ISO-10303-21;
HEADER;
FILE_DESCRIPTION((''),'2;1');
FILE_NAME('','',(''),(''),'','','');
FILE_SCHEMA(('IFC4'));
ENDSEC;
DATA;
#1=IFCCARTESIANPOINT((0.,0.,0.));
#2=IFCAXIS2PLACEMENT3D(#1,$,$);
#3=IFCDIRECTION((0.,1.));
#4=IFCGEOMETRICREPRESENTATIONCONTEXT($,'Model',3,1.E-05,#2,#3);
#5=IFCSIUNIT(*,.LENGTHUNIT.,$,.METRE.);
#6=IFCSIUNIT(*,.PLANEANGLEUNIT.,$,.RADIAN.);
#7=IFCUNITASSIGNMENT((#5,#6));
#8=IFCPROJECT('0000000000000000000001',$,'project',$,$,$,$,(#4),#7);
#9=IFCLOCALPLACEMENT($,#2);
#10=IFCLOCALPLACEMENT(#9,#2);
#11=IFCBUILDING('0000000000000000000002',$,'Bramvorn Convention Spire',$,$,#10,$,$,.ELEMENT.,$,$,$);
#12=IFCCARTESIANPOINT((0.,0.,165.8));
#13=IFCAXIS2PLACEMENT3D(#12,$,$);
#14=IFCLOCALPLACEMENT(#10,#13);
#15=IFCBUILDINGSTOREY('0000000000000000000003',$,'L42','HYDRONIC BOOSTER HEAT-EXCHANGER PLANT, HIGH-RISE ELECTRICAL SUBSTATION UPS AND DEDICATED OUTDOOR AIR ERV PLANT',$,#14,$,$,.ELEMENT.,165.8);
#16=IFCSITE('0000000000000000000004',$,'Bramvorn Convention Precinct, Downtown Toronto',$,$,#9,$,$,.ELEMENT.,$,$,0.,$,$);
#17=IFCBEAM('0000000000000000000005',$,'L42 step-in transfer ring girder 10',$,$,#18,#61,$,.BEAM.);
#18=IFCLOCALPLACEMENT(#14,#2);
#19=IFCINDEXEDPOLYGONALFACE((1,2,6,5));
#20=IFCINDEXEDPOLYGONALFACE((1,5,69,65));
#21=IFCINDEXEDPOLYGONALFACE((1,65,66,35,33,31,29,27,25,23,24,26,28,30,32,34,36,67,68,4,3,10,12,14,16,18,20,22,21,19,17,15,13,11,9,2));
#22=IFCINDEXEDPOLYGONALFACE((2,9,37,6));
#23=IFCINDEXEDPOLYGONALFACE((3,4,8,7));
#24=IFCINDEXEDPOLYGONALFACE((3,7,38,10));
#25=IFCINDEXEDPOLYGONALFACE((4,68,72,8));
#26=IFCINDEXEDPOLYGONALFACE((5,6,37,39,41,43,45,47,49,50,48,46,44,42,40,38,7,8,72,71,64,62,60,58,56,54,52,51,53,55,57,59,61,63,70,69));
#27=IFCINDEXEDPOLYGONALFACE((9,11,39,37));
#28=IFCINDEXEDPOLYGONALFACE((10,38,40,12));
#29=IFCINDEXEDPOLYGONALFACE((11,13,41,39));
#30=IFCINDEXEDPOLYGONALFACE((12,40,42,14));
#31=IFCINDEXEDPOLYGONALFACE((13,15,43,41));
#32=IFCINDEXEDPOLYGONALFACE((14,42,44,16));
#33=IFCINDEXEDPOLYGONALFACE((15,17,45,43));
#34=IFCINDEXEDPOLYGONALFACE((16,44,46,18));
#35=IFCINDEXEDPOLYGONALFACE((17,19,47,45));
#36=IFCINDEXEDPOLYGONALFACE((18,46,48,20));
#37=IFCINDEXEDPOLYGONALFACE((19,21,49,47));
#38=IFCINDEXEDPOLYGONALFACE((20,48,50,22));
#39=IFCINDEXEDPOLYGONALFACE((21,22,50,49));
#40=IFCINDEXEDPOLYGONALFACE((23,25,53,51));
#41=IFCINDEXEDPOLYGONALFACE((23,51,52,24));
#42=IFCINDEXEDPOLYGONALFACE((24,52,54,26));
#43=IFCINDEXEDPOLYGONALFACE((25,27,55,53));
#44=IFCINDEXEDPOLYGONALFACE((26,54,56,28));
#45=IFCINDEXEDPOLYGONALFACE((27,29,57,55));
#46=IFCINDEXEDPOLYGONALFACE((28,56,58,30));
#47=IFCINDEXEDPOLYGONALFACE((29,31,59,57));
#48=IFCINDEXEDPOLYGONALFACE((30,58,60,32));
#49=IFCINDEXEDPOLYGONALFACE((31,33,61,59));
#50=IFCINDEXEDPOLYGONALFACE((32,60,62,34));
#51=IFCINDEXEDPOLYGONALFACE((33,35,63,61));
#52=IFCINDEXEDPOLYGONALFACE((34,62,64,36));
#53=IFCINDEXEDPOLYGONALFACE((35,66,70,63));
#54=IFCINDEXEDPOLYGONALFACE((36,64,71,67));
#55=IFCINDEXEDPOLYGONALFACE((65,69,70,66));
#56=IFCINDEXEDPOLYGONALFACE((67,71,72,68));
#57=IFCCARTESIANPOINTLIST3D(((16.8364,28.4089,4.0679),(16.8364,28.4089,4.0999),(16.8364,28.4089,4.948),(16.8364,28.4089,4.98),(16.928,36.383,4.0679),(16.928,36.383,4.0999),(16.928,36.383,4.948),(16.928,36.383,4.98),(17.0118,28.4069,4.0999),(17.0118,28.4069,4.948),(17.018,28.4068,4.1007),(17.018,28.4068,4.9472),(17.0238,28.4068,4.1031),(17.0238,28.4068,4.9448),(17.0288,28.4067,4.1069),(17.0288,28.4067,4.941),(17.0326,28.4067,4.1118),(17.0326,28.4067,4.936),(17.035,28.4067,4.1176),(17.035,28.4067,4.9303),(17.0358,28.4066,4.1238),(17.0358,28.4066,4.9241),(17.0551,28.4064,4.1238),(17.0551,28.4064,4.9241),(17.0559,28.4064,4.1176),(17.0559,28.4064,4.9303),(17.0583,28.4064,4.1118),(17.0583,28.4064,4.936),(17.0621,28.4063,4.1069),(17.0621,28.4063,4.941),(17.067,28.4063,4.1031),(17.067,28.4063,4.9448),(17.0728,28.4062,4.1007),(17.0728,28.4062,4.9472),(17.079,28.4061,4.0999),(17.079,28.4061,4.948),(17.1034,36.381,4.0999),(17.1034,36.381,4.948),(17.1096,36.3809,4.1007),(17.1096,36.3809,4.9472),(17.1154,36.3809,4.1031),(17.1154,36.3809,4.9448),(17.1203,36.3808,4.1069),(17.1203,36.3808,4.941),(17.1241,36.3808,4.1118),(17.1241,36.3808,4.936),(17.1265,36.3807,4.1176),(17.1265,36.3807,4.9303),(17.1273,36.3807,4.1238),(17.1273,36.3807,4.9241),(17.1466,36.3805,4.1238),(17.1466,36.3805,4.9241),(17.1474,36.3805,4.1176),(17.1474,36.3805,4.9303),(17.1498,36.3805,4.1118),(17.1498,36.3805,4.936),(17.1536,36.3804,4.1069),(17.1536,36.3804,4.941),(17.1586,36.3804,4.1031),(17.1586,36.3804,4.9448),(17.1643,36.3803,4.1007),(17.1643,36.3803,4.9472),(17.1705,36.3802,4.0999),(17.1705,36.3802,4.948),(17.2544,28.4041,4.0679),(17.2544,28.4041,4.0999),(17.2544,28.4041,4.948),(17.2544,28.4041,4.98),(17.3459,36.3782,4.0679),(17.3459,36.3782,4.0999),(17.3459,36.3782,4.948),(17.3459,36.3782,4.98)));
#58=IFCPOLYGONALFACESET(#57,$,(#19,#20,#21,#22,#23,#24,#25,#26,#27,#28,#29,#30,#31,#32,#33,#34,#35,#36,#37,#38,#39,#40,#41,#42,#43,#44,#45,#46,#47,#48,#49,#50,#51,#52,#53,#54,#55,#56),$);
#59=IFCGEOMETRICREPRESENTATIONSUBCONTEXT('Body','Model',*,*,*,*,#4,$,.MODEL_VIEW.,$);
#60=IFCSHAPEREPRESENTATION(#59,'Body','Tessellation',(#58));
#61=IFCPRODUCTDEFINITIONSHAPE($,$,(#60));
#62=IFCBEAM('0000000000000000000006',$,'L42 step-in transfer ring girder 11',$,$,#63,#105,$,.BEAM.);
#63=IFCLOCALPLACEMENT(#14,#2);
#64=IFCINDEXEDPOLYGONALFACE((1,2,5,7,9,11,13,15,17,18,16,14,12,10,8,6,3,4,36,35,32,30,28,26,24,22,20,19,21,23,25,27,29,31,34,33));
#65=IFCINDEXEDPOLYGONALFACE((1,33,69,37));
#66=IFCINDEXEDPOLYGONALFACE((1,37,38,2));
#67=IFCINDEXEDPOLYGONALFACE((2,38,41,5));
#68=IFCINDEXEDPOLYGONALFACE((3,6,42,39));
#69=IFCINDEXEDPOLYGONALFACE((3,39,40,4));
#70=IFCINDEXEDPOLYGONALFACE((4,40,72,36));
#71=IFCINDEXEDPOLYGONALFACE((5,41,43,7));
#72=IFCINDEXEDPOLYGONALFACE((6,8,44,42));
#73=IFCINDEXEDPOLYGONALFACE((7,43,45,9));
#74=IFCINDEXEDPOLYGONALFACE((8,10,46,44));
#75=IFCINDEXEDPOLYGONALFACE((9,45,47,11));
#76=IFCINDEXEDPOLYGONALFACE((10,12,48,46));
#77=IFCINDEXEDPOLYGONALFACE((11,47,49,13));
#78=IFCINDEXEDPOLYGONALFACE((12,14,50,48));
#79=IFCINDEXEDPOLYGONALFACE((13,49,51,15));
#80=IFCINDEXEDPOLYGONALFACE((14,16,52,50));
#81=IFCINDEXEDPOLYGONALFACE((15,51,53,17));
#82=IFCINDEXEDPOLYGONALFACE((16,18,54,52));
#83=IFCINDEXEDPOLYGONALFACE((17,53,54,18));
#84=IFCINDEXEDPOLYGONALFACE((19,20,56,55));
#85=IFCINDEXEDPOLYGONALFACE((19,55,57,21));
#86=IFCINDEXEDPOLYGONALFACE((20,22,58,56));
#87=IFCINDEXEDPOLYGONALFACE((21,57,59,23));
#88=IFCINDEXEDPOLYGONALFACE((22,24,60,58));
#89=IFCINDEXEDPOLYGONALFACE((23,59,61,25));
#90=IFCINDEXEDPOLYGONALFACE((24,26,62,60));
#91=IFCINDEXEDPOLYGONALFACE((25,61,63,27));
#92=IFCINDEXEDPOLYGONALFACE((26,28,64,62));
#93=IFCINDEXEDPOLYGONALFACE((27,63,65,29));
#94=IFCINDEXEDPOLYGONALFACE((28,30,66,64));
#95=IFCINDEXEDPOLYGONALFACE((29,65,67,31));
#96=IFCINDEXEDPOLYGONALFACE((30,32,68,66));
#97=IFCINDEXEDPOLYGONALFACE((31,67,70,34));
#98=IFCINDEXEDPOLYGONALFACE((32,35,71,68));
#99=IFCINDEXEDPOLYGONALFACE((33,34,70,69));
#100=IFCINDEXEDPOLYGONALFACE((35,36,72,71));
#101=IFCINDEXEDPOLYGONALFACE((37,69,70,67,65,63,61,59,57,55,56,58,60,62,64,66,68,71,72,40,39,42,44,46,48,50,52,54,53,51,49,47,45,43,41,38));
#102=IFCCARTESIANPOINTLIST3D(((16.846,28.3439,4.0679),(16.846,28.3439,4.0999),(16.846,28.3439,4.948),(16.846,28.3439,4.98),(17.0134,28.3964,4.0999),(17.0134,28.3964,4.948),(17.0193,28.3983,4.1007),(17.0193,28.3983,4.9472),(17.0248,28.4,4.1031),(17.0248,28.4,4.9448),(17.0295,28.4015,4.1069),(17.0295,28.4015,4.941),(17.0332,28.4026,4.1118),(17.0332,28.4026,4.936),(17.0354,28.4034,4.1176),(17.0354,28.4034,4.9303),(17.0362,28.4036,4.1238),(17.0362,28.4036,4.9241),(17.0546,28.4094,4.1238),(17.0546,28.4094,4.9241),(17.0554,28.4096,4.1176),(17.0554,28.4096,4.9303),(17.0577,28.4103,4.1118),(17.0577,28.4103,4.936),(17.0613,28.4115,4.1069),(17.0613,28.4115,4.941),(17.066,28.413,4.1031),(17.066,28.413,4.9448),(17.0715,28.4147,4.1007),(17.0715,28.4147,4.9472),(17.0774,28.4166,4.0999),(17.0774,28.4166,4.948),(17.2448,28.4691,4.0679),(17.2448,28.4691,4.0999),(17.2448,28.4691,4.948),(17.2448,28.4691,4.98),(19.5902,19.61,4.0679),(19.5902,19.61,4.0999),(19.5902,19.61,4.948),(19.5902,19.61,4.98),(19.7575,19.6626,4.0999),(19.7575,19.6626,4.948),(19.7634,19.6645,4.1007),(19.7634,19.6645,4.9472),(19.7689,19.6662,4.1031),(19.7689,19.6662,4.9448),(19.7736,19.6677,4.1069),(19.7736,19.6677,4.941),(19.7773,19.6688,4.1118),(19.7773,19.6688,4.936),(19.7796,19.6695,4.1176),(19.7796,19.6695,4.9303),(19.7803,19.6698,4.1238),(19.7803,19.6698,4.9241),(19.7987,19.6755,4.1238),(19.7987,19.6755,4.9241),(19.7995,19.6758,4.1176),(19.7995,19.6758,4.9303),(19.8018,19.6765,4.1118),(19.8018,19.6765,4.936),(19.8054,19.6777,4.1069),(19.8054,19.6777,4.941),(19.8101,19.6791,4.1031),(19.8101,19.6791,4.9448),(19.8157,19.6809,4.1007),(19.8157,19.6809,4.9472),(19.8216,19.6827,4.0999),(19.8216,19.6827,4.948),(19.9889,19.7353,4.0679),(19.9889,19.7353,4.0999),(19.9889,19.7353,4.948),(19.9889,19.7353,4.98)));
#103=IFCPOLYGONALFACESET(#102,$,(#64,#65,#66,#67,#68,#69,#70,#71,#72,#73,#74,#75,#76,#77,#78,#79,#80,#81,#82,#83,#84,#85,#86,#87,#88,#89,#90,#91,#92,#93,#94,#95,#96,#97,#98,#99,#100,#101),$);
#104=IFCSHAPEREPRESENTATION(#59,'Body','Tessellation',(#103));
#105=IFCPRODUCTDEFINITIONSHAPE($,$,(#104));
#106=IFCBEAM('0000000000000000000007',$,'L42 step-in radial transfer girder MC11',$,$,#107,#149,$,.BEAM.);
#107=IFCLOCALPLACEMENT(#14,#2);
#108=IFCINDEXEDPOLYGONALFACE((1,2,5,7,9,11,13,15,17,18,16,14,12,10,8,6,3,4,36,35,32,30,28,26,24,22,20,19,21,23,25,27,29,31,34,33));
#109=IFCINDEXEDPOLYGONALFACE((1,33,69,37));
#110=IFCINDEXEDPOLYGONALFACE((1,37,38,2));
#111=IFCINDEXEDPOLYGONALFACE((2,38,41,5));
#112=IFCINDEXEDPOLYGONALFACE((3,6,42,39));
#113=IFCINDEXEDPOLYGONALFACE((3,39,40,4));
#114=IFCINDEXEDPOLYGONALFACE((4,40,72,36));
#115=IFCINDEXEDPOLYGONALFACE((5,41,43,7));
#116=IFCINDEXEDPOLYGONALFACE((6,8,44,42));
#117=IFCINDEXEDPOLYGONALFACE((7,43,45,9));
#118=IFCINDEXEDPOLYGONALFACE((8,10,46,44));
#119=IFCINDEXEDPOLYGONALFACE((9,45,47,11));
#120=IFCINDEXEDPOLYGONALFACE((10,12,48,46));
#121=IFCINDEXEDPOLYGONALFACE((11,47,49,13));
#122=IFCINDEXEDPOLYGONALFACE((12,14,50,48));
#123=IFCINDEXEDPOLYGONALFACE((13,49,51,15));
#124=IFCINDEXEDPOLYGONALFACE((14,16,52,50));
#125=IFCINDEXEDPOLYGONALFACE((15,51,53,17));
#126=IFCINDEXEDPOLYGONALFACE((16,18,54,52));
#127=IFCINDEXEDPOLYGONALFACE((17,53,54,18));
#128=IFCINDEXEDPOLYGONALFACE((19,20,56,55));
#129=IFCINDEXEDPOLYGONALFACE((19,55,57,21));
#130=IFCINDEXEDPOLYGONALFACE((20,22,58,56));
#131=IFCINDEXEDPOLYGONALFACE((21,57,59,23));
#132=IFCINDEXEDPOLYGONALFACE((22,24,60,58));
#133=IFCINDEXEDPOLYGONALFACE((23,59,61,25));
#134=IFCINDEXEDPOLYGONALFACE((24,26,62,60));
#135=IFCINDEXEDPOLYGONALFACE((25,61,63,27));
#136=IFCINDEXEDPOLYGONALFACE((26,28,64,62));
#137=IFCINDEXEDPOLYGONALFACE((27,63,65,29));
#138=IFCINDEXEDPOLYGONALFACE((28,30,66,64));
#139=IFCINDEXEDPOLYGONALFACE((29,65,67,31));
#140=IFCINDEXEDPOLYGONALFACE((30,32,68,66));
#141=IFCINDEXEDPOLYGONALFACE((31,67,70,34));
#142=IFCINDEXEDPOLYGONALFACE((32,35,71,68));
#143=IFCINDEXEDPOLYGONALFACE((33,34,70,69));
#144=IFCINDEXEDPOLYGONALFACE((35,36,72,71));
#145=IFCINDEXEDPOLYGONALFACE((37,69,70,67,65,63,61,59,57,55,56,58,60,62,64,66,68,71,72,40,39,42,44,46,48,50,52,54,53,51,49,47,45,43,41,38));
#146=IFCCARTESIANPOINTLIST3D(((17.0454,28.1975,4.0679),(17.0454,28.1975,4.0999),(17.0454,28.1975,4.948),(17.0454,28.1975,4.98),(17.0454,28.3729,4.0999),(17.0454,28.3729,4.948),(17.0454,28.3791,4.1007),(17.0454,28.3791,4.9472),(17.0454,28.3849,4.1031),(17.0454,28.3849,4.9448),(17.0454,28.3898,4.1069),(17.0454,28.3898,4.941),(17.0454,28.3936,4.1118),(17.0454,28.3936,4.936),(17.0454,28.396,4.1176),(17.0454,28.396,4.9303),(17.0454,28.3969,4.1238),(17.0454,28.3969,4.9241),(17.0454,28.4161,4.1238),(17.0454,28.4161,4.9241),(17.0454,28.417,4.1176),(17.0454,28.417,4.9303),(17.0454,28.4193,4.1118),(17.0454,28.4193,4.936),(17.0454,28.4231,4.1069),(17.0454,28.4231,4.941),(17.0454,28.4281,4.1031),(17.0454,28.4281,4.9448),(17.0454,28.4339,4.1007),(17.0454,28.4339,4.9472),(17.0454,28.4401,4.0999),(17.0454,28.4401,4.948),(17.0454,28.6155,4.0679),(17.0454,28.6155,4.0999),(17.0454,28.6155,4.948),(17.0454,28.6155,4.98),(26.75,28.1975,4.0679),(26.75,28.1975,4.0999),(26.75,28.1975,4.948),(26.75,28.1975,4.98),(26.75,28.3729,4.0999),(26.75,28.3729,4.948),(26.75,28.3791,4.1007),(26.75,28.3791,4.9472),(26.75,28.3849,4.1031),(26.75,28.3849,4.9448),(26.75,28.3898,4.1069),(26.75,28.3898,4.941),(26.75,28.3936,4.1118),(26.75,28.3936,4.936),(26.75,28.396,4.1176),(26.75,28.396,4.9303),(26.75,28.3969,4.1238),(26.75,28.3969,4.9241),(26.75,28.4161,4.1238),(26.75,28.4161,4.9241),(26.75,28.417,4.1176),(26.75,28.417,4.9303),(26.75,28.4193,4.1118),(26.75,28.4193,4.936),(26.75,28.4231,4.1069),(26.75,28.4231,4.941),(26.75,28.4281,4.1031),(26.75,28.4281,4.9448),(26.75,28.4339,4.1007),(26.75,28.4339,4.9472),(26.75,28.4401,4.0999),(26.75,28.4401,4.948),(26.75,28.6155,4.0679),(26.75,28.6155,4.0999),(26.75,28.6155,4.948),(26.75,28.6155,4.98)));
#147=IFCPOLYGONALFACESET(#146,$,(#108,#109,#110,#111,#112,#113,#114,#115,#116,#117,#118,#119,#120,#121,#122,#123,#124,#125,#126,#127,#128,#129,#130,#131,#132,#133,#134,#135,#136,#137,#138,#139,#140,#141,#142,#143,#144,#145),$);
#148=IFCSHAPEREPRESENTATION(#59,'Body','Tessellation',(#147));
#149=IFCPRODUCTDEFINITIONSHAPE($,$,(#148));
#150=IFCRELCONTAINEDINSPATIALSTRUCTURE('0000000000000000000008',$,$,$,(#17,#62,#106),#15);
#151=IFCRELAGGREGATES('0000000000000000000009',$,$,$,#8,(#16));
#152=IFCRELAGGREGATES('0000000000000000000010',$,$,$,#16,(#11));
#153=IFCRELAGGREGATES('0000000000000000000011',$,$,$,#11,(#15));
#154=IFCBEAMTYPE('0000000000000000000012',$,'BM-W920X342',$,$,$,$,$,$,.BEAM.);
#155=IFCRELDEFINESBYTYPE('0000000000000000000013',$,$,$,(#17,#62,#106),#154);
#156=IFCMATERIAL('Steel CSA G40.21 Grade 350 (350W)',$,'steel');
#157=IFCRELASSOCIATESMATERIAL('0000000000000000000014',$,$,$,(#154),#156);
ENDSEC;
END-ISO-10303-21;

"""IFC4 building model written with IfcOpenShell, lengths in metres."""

from ifc_helpers import new_model, si_unit, direction, frame, origin, origin_2d, place, context, subcontext, project, spatial, i_section, extrude, material, material_profile, profile_set, type_object, element, save


model = new_model("IFC4")

# Units and contexts
model_context = context("Model", 3, precision=1e-05, world=origin(), true_north=direction((0.0, 1.0)))
body_context = subcontext(model_context, "Body", "Model", "MODEL_VIEW")
ifc_project = project(units=[si_unit("LENGTHUNIT", "METRE"), si_unit("PLANEANGLEUNIT", "RADIAN")], contexts=[model_context])

# Site, building, storey
site_placement = place(None, origin())
site = spatial("IfcSite", under=ifc_project, at=site_placement, Name="Bramvorn Convention Precinct, Downtown Toronto", CompositionType="ELEMENT", RefElevation=0.0)
building_placement = place(site_placement, origin())
building = spatial("IfcBuilding", under=site, at=building_placement, Name="Bramvorn Convention Spire", CompositionType="ELEMENT")
storey_placement = place(building_placement, frame((0.0, 0.0, 165.8)))
storey = spatial("IfcBuildingStorey", under=building, at=storey_placement, Name="L42", Description="HYDRONIC BOOSTER HEAT-EXCHANGER PLANT, HIGH-RISE ELECTRICAL SUBSTATION UPS AND DEDICATED OUTDOOR AIR ERV PLANT", CompositionType="ELEMENT", Elevation=165.8)

# Shared definitions
ifc_material_1 = material(Name="Steel CSA G40.21 Grade 350 (350W)", Category="steel")

# Beams
ifc_material_profile_1 = material_profile(ifc_material_1, i_section(OverallWidth=0.418, OverallDepth=0.9121, WebThickness=0.0193, FlangeThickness=0.032, FilletRadius=0.0239, at=origin_2d()))
ifc_profile_set_1 = profile_set([ifc_material_profile_1], Name="Steel CSA G40.21 Grade 350 (350W) - W920X342")
beam_type = type_object("IfcBeamType", Name="BM-W920X342", PredefinedType="BEAM", material=ifc_profile_set_1)
beam_1_placement = place(storey_placement, frame((17.137, 36.3806, 4.5239), z_axis=(-0.01148, -0.999934, 0.0), x_axis=(0.999934, -0.01148, 0.0)))
element("IfcBeam", 1, at=beam_1_placement, inside=storey, type_object=beam_type, Name="L42 step-in transfer ring girder 10", PredefinedType="BEAM", context=body_context, shape_type="SweptSolid", body=[
    extrude(i_section(OverallWidth=0.418, OverallDepth=0.9121, WebThickness=0.0193, FlangeThickness=0.032, FilletRadius=0.0239, at=origin_2d()), origin(), (0.0, 0.0, 1.0), 7.9746),
])
beam_2_placement = place(storey_placement, frame((17.0454, 28.4065, 4.5239), z_axis=(0.299748, -0.954019, 0.0), x_axis=(0.954019, 0.299748, 0.0)))
element("IfcBeam", 2, at=beam_2_placement, inside=storey, type_object=beam_type, Name="L42 step-in transfer ring girder 11", PredefinedType="BEAM", context=body_context, shape_type="SweptSolid", body=[
    extrude(i_section(OverallWidth=0.418, OverallDepth=0.9121, WebThickness=0.0193, FlangeThickness=0.032, FilletRadius=0.0239, at=origin_2d()), origin(), (0.0, 0.0, 1.0), 9.1548),
])
beam_3_placement = place(storey_placement, frame((26.75, 28.4065, 4.5239), z_axis=(-1.0, 0.0, 0.0), x_axis=(0.0, -1.0, 0.0)))
element("IfcBeam", 3, at=beam_3_placement, inside=storey, type_object=beam_type, Name="L42 step-in radial transfer girder MC11", PredefinedType="BEAM", context=body_context, shape_type="SweptSolid", body=[
    extrude(i_section(OverallWidth=0.418, OverallDepth=0.9121, WebThickness=0.0193, FlangeThickness=0.032, FilletRadius=0.0239, at=origin_2d()), origin(), (0.0, 0.0, 1.0), 9.7046),
])

save(model, "model.ifc")
